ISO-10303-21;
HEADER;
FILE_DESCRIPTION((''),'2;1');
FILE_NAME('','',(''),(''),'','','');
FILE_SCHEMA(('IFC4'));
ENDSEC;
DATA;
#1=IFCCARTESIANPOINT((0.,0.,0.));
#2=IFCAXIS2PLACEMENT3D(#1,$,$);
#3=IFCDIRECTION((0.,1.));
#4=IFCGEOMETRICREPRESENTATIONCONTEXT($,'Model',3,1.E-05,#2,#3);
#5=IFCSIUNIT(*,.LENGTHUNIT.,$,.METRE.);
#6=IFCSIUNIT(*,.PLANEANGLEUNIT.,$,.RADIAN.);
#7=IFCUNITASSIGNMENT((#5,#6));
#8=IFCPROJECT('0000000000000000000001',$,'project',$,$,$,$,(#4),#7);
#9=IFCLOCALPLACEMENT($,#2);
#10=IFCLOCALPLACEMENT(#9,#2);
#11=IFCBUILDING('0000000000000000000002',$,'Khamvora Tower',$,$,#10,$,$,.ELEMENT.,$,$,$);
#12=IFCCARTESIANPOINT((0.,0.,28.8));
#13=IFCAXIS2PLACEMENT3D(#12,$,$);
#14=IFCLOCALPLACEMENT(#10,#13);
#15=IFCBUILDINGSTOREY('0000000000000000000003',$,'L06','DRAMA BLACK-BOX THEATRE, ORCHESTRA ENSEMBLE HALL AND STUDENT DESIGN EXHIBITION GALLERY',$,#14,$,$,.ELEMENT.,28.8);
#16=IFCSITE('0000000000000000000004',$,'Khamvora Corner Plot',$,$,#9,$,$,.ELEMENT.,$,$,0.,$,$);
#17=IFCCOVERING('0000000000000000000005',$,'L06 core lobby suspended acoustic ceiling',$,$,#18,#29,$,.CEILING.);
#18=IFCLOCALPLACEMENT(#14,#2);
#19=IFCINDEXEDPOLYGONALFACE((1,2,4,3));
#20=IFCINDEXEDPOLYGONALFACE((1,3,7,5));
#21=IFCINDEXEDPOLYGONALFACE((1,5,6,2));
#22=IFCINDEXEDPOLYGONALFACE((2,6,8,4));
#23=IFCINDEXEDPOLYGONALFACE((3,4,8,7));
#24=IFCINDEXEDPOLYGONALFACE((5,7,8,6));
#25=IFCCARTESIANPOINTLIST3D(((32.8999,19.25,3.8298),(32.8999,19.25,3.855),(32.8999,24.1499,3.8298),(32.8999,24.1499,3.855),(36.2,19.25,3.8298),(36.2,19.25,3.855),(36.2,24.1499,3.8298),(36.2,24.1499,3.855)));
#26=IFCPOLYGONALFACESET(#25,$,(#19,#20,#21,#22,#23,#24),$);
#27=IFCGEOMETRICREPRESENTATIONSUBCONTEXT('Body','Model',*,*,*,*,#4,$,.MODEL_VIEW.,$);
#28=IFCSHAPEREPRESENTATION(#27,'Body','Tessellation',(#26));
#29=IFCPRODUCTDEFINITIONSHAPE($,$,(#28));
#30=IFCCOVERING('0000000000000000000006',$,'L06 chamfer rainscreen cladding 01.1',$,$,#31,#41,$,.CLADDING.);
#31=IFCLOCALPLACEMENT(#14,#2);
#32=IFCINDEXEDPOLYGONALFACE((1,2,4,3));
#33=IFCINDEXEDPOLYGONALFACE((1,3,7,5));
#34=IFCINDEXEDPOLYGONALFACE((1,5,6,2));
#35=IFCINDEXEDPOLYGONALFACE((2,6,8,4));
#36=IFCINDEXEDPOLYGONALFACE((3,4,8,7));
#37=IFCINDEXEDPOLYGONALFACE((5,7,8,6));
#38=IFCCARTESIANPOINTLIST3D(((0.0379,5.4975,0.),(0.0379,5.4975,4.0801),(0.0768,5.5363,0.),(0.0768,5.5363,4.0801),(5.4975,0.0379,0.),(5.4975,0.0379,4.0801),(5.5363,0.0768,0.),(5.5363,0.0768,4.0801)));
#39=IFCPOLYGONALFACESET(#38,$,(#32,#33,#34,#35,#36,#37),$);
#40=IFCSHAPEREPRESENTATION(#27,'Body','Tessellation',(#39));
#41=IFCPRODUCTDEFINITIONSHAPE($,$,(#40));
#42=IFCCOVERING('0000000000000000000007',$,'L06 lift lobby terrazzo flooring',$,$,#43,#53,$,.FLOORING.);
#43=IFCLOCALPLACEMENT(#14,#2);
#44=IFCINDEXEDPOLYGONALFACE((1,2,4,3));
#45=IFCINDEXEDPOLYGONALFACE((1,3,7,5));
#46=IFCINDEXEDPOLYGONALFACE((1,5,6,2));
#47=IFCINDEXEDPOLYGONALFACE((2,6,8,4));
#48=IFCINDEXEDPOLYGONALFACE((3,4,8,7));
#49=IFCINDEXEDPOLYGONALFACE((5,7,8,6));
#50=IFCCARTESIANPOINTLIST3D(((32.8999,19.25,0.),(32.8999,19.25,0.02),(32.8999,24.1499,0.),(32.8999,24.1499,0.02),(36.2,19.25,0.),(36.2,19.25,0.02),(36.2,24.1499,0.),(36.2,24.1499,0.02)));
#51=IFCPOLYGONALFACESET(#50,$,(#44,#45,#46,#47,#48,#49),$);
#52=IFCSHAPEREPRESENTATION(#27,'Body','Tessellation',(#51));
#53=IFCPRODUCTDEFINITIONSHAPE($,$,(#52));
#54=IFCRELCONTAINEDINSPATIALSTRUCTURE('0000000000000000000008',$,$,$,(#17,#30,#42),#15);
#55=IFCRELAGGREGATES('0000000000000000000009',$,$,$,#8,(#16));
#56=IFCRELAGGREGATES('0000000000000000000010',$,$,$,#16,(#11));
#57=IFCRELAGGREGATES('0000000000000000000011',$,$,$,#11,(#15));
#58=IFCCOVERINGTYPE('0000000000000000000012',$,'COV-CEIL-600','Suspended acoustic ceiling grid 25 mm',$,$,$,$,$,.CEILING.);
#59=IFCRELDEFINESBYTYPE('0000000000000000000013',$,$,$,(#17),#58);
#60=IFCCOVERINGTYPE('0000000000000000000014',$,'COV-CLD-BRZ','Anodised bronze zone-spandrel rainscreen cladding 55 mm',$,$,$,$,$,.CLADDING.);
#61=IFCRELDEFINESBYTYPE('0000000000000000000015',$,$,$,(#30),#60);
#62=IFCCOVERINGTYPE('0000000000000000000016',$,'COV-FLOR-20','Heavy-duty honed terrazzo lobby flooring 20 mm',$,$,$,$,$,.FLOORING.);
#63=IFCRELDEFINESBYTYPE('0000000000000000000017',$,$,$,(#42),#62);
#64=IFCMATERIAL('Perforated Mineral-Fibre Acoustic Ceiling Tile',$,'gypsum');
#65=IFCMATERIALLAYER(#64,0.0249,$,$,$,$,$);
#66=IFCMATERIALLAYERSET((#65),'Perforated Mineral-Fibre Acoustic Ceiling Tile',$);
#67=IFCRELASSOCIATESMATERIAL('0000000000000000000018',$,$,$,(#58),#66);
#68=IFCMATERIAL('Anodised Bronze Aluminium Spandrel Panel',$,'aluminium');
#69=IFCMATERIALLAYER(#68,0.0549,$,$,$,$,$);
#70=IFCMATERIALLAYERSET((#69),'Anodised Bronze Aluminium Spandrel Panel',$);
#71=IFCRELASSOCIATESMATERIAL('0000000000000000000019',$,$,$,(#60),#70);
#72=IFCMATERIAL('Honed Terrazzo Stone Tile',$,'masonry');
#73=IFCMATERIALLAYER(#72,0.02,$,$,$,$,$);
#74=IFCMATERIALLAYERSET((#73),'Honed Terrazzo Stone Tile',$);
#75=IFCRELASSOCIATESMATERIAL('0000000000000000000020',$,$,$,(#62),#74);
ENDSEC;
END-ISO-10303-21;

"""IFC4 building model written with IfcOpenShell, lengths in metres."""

from ifc_helpers import new_model, si_unit, direction, frame, origin, origin_2d, place, context, subcontext, project, spatial, polyline, rectangle, outline, extrude, material, layer, layer_set, type_object, element, save


model = new_model("IFC4")

# Units and contexts
model_context = context("Model", 3, precision=1e-05, world=origin(), true_north=direction((0.0, 1.0)))
body_context = subcontext(model_context, "Body", "Model", "MODEL_VIEW")
ifc_project = project(units=[si_unit("LENGTHUNIT", "METRE"), si_unit("PLANEANGLEUNIT", "RADIAN")], contexts=[model_context])

# Site, building, storey
site_placement = place(None, origin())
site = spatial("IfcSite", under=ifc_project, at=site_placement, Name="Khamvora Corner Plot", CompositionType="ELEMENT", RefElevation=0.0)
building_placement = place(site_placement, origin())
building = spatial("IfcBuilding", under=site, at=building_placement, Name="Khamvora Tower", CompositionType="ELEMENT")
storey_placement = place(building_placement, frame((0.0, 0.0, 28.8)))
storey = spatial("IfcBuildingStorey", under=building, at=storey_placement, Name="L06", Description="DRAMA BLACK-BOX THEATRE, ORCHESTRA ENSEMBLE HALL AND STUDENT DESIGN EXHIBITION GALLERY", CompositionType="ELEMENT", Elevation=28.8)

# Coverings
ifc_material_1 = material(Name="Perforated Mineral-Fibre Acoustic Ceiling Tile", Category="gypsum")
ifc_layer_1 = layer(ifc_material_1, 0.0249)
ifc_layer_set_1 = layer_set([ifc_layer_1], Name="Perforated Mineral-Fibre Acoustic Ceiling Tile")
covering_type_1 = type_object("IfcCoveringType", Name="COV-CEIL-600", Description="Suspended acoustic ceiling grid 25 mm", PredefinedType="CEILING", material=ifc_layer_set_1)
covering_1_placement = place(storey_placement, frame((0.0, 0.0, 3.8298)))
element("IfcCovering", 1, at=covering_1_placement, inside=storey, type_object=covering_type_1, Name="L06 core lobby suspended acoustic ceiling", PredefinedType="CEILING", context=body_context, shape_type="SweptSolid", body=[
    extrude(outline(polyline([(32.8999, 19.25), (36.2, 19.25), (36.2, 24.1499), (32.8999, 24.1499), (32.8999, 19.25)])), origin(), (0.0, 0.0, 1.0), 0.0251),
])
ifc_material_2 = material(Name="Anodised Bronze Aluminium Spandrel Panel", Category="aluminium")
ifc_layer_2 = layer(ifc_material_2, 0.0549)
ifc_layer_set_2 = layer_set([ifc_layer_2], Name="Anodised Bronze Aluminium Spandrel Panel")
covering_type_2 = type_object("IfcCoveringType", Name="COV-CLD-BRZ", Description="Anodised bronze zone-spandrel rainscreen cladding 55 mm", PredefinedType="CLADDING", material=ifc_layer_set_2)
covering_2_placement = place(storey_placement, frame((2.7871, 2.7871, 0.0), z_axis=(0.0, 0.0, 1.0), x_axis=(-0.707107, 0.707107, 0.0)))
element("IfcCovering", 2, at=covering_2_placement, inside=storey, type_object=covering_type_2, Name="L06 chamfer rainscreen cladding 01.1", PredefinedType="CLADDING", context=body_context, shape_type="SweptSolid", body=[
    extrude(rectangle(XDim=7.7209, YDim=0.0549, at=origin_2d()), origin(), (0.0, 0.0, 1.0), 4.0801),
])
ifc_material_3 = material(Name="Honed Terrazzo Stone Tile", Category="masonry")
ifc_layer_3 = layer(ifc_material_3, 0.02)
ifc_layer_set_3 = layer_set([ifc_layer_3], Name="Honed Terrazzo Stone Tile")
covering_type_3 = type_object("IfcCoveringType", Name="COV-FLOR-20", Description="Heavy-duty honed terrazzo lobby flooring 20 mm", PredefinedType="FLOORING", material=ifc_layer_set_3)
covering_3_placement = place(storey_placement, origin())
element("IfcCovering", 3, at=covering_3_placement, inside=storey, type_object=covering_type_3, Name="L06 lift lobby terrazzo flooring", PredefinedType="FLOORING", context=body_context, shape_type="SweptSolid", body=[
    extrude(outline(polyline([(32.8999, 19.25), (36.2, 19.25), (36.2, 24.1499), (32.8999, 24.1499), (32.8999, 19.25)])), origin(), (0.0, 0.0, 1.0), 0.02),
])

save(model, "model.ifc")
